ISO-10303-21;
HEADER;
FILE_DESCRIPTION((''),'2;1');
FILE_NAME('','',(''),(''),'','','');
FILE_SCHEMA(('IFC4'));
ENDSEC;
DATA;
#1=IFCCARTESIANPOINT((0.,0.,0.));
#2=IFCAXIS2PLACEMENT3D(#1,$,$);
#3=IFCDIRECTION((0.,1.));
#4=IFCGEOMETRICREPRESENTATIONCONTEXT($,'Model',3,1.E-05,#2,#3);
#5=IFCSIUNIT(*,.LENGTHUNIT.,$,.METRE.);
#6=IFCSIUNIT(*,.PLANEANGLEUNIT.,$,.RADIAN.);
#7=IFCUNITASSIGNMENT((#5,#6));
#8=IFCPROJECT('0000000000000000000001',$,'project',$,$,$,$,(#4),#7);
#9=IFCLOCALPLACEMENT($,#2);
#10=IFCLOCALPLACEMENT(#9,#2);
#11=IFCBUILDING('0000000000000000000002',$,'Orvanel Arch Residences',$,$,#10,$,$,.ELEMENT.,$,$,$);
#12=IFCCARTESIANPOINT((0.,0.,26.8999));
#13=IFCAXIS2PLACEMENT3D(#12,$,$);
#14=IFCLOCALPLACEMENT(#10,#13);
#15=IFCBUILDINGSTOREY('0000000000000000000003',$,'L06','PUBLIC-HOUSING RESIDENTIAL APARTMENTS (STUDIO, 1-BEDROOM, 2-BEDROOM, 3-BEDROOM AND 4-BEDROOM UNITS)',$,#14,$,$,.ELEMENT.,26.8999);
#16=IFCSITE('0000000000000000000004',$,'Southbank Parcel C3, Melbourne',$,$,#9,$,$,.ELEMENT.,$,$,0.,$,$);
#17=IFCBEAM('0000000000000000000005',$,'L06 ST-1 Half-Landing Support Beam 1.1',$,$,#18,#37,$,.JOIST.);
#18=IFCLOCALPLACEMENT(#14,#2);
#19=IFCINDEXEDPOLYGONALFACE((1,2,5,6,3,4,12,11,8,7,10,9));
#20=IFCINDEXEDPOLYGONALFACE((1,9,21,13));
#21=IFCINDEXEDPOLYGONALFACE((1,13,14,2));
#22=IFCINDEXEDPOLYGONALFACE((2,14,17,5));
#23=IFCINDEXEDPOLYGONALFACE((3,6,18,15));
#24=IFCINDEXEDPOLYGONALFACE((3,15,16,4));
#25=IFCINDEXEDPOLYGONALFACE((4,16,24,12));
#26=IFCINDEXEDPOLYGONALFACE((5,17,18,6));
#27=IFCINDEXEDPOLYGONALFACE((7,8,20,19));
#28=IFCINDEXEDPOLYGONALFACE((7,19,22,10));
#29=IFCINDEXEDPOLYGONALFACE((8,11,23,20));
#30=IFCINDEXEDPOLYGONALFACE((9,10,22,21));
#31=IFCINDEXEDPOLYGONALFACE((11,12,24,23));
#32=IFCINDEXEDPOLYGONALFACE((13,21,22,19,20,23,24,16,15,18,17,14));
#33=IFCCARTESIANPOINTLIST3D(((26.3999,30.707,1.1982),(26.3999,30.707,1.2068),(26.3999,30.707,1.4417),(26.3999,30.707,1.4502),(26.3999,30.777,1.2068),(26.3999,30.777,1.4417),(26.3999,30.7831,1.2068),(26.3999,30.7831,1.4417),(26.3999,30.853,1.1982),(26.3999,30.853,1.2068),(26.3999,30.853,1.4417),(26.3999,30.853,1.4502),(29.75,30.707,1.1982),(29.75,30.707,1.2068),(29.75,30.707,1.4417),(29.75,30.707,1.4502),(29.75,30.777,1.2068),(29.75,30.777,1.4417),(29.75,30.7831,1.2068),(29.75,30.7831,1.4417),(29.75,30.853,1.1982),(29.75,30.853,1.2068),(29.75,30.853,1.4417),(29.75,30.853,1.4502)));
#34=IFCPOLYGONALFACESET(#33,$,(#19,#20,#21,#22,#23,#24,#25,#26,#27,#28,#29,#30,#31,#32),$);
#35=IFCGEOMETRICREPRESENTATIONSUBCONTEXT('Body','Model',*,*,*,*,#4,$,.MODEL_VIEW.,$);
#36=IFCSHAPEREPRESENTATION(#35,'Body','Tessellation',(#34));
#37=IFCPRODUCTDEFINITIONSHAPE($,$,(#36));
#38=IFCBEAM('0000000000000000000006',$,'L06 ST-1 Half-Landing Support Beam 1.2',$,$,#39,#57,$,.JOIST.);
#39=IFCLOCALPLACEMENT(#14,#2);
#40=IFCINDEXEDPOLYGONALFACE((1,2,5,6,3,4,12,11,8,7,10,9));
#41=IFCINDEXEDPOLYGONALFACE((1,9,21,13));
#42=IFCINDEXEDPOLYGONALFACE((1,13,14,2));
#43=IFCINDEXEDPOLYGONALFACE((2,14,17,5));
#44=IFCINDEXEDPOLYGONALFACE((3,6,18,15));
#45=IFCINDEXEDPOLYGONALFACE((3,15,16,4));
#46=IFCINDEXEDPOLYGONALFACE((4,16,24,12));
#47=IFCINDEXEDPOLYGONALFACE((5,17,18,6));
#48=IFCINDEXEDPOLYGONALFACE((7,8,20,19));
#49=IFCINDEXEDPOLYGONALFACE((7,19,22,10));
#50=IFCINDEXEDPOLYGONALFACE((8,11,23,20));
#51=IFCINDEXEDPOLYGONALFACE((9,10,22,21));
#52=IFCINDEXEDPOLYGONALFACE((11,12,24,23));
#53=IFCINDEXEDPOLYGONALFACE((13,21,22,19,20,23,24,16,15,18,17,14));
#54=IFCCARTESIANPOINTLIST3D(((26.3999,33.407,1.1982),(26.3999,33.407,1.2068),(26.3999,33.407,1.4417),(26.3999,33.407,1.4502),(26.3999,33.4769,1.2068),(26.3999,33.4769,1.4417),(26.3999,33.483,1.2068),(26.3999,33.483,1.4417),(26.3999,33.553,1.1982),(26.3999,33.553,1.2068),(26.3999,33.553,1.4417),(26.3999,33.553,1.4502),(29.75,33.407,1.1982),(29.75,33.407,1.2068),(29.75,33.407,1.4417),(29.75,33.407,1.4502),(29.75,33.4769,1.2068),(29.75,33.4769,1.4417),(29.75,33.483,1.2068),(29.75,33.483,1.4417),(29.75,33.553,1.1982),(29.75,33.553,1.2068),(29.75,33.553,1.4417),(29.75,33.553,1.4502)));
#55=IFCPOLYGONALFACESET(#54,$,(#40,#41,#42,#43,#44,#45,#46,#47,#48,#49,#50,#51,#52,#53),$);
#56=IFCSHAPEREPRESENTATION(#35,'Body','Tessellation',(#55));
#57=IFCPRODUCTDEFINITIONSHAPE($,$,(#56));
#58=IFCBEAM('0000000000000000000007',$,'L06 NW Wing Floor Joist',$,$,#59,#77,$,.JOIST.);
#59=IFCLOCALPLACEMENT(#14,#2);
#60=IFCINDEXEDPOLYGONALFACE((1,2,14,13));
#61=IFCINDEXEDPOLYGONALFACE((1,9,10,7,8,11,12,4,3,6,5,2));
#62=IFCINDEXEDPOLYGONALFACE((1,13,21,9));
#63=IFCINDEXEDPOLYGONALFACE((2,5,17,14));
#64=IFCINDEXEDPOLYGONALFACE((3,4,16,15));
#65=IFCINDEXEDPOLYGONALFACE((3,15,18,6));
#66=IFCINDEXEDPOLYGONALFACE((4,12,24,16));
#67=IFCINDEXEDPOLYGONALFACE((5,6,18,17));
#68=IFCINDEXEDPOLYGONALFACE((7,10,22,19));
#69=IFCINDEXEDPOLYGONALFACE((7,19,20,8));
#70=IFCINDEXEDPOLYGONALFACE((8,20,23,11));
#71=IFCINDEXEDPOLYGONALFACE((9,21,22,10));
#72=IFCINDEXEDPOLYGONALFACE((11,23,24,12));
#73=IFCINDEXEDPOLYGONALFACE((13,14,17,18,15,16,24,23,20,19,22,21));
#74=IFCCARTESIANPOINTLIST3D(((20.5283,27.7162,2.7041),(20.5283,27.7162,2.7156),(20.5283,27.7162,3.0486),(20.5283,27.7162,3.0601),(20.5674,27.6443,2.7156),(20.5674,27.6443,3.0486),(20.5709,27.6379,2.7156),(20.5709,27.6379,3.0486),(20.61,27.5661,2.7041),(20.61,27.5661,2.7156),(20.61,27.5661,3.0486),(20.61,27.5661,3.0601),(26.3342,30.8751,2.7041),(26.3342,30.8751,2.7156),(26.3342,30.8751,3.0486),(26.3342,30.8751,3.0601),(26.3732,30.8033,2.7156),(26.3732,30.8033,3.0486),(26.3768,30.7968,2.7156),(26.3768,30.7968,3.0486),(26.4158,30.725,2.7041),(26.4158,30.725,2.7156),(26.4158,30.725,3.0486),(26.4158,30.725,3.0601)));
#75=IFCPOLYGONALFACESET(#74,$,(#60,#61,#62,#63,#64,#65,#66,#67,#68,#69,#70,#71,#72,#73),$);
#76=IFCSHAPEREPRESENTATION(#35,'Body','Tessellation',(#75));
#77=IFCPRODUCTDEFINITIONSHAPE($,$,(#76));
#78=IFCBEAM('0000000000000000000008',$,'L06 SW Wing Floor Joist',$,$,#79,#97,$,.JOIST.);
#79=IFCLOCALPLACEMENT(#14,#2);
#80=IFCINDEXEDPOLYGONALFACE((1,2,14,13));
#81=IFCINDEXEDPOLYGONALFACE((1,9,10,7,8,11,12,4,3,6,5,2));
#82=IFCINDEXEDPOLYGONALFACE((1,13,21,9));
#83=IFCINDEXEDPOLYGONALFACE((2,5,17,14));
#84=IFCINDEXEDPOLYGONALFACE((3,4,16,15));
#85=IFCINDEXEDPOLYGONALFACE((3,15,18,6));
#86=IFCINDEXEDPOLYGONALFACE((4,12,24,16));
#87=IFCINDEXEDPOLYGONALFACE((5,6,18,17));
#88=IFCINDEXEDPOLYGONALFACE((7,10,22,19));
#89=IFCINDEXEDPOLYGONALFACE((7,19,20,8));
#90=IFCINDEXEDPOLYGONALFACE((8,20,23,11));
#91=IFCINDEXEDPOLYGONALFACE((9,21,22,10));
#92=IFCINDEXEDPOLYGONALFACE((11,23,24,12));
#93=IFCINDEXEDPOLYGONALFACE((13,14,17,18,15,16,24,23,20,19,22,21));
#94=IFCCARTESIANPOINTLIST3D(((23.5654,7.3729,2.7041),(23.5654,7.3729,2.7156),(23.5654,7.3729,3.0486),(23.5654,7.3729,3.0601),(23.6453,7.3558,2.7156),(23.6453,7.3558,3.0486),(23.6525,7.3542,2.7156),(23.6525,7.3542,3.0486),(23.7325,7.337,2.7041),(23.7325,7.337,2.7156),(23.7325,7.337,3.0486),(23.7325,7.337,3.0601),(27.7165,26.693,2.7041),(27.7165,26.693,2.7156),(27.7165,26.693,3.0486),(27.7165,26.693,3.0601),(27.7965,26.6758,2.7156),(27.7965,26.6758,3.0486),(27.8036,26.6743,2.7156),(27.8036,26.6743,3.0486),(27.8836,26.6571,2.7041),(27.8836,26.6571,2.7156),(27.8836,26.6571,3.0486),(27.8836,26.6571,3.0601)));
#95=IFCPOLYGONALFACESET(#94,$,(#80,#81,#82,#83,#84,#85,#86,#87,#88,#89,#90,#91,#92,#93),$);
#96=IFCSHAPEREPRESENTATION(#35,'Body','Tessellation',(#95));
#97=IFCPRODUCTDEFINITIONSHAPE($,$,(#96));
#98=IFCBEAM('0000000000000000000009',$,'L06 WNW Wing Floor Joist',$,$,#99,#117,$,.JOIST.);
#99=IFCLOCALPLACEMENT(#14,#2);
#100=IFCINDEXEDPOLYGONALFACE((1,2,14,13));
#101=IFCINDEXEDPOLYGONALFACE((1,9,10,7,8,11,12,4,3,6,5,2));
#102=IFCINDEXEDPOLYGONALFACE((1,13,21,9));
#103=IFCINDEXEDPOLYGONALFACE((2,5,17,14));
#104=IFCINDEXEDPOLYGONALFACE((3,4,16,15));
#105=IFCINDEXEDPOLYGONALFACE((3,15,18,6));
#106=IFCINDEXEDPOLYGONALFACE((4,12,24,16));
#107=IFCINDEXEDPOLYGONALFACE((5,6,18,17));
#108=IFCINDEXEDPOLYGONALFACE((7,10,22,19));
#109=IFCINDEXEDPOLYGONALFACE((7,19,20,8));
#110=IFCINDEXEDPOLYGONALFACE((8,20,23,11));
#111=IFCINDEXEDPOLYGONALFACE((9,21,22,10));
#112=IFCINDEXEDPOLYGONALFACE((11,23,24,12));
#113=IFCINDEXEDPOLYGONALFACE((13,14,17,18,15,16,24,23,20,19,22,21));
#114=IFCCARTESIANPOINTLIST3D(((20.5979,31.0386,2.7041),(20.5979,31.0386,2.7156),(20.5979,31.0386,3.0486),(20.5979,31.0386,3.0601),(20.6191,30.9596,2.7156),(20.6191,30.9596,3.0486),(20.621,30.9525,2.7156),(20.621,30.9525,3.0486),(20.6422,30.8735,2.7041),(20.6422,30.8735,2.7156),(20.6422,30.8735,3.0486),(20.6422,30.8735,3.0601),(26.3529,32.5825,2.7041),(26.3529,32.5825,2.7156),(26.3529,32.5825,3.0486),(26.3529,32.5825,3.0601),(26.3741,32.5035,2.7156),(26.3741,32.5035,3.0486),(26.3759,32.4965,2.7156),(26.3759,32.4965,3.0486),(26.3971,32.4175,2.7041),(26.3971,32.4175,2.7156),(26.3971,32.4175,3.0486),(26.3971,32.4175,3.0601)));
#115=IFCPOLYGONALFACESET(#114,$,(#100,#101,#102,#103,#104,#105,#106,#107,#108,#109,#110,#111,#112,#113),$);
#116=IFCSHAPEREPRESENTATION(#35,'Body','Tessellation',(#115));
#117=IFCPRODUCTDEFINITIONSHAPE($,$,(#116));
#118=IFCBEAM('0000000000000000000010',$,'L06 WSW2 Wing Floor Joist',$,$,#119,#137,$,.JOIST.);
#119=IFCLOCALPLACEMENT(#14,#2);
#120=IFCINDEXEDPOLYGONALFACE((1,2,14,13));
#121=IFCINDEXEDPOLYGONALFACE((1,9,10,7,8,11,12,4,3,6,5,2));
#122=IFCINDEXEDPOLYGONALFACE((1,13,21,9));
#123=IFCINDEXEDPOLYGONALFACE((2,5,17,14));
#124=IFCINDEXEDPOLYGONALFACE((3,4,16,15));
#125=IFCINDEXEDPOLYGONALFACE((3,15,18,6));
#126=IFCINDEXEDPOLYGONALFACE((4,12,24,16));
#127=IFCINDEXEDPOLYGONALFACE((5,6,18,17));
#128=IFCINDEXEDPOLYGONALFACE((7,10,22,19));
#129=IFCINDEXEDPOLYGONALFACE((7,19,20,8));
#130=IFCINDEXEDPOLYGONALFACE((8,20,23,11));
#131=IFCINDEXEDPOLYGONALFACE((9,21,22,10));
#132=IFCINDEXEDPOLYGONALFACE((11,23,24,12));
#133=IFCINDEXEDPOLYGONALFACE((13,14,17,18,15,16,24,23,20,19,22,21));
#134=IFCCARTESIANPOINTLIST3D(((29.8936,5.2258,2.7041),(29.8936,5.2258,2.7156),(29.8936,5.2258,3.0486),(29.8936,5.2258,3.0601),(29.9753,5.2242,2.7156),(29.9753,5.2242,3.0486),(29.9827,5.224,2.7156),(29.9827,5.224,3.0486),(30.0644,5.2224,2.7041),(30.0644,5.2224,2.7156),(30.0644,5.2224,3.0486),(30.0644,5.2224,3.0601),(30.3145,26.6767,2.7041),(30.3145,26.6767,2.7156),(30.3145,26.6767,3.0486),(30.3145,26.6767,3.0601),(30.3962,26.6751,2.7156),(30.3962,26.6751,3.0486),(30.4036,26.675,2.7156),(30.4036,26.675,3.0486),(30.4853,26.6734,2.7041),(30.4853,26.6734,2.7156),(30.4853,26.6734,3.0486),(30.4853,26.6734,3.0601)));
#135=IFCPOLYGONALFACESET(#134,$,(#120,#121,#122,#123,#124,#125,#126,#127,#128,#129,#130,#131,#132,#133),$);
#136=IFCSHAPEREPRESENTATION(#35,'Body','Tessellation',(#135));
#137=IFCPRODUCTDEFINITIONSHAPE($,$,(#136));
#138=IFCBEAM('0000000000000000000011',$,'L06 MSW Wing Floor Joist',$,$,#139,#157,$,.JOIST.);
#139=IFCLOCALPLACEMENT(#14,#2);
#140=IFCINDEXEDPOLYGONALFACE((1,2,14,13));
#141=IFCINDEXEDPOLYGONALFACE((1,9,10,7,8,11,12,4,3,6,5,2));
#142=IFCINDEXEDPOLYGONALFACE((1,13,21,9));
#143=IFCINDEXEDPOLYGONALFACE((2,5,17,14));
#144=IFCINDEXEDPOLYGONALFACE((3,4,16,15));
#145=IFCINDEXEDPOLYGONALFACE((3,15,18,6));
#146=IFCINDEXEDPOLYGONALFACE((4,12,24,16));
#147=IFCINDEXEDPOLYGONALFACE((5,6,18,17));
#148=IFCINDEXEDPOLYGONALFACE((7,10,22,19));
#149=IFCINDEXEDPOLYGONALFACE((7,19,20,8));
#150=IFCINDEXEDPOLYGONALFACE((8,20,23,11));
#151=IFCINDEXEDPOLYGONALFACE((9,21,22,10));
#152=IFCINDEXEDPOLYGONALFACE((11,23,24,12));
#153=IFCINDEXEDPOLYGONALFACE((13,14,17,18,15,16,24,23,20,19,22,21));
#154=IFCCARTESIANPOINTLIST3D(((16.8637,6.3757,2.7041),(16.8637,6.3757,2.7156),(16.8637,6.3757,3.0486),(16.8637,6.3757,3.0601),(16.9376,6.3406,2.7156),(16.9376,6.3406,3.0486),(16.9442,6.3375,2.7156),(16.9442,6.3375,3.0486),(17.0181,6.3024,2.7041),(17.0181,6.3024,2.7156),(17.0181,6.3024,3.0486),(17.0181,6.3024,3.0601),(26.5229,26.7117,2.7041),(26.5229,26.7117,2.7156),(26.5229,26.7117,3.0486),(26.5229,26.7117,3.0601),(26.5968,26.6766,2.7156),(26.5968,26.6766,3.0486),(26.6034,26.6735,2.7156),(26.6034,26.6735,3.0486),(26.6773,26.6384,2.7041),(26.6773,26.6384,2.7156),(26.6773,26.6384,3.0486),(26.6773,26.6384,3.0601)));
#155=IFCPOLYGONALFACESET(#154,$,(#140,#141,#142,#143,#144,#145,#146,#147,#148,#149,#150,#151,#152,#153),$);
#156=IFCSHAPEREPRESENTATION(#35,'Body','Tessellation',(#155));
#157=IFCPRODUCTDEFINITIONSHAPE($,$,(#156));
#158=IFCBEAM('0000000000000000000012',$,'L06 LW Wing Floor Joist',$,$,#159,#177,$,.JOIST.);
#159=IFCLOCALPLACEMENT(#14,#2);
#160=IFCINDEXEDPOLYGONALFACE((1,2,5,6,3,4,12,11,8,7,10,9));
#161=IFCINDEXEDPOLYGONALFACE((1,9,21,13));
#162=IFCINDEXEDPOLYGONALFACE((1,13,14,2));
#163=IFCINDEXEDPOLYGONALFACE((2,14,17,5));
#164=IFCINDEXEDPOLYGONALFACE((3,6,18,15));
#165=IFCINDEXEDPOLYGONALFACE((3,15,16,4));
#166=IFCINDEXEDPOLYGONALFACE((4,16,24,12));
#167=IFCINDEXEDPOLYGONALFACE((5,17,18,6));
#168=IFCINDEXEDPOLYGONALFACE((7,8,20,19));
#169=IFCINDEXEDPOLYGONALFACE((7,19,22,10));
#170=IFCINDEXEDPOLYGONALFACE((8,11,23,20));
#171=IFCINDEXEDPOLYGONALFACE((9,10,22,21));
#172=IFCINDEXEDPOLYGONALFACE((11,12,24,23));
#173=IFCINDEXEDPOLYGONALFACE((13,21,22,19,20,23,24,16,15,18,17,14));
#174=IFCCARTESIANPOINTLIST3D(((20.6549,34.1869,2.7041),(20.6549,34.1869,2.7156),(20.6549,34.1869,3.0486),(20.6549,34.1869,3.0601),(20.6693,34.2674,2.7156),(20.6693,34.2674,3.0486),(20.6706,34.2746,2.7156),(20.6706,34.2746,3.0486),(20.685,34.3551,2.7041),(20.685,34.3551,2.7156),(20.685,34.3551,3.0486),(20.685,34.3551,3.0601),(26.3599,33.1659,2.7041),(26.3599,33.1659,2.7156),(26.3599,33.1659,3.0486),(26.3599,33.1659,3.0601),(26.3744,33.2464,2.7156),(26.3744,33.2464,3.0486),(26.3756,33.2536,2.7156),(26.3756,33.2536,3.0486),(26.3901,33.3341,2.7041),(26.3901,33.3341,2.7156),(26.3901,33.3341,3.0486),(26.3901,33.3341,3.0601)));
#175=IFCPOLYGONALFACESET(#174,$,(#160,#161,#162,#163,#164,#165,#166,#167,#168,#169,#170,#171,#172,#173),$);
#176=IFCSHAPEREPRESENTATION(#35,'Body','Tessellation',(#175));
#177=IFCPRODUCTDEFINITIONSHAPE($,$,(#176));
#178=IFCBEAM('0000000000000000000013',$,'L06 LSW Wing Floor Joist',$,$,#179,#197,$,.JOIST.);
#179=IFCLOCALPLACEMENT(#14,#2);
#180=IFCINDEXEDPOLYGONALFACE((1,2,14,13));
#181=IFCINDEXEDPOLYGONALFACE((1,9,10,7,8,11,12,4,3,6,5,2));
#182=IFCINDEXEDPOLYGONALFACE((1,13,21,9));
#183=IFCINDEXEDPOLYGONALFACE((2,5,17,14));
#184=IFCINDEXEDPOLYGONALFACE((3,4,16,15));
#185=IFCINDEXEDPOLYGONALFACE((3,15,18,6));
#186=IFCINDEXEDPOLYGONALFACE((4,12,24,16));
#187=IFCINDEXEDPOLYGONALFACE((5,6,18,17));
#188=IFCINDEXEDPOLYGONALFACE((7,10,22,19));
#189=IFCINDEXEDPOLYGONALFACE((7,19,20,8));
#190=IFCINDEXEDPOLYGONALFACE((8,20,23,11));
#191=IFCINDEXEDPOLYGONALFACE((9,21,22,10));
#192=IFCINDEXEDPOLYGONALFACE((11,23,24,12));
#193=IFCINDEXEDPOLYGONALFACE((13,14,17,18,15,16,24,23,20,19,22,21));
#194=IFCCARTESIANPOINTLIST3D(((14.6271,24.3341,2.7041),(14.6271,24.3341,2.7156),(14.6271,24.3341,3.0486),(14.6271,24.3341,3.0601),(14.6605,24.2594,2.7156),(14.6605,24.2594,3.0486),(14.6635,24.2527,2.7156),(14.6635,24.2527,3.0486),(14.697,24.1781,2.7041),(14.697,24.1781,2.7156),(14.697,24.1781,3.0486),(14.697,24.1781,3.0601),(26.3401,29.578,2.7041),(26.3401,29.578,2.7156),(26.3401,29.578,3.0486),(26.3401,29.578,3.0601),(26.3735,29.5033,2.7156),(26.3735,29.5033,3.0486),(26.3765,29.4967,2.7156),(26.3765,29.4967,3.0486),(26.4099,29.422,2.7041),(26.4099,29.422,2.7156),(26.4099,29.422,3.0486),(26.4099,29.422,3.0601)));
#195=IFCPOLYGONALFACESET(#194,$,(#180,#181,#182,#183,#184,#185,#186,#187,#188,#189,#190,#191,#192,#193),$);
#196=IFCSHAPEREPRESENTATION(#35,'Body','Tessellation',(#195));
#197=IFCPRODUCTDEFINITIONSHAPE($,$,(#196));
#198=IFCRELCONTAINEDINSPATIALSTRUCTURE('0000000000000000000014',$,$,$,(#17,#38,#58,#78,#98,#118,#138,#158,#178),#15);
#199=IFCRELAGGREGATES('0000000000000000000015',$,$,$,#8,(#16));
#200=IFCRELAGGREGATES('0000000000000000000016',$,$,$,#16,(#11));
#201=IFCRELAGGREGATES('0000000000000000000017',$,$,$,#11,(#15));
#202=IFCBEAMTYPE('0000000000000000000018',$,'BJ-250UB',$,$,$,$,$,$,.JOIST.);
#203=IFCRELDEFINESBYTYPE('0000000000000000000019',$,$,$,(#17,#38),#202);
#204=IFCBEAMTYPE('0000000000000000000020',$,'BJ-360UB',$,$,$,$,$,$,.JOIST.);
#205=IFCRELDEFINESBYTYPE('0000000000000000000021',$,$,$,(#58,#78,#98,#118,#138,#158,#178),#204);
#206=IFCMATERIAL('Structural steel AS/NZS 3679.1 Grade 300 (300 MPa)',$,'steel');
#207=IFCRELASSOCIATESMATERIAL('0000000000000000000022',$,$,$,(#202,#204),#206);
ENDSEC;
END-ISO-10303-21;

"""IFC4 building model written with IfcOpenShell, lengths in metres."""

from ifc_helpers import new_model, si_unit, direction, frame, origin, origin_2d, place, context, subcontext, project, spatial, i_section, extrude, material, material_profile, profile_set, type_object, element, save


model = new_model("IFC4")

# Units and contexts
model_context = context("Model", 3, precision=1e-05, world=origin(), true_north=direction((0.0, 1.0)))
body_context = subcontext(model_context, "Body", "Model", "MODEL_VIEW")
ifc_project = project(units=[si_unit("LENGTHUNIT", "METRE"), si_unit("PLANEANGLEUNIT", "RADIAN")], contexts=[model_context])

# Site, building, storey
site_placement = place(None, origin())
site = spatial("IfcSite", under=ifc_project, at=site_placement, Name="Southbank Parcel C3, Melbourne", CompositionType="ELEMENT", RefElevation=0.0)
building_placement = place(site_placement, origin())
building = spatial("IfcBuilding", under=site, at=building_placement, Name="Orvanel Arch Residences", CompositionType="ELEMENT")
storey_placement = place(building_placement, frame((0.0, 0.0, 26.8999)))
storey = spatial("IfcBuildingStorey", under=building, at=storey_placement, Name="L06", Description="PUBLIC-HOUSING RESIDENTIAL APARTMENTS (STUDIO, 1-BEDROOM, 2-BEDROOM, 3-BEDROOM AND 4-BEDROOM UNITS)", CompositionType="ELEMENT", Elevation=26.8999)

# Beams
ifc_material_1 = material(Name="Structural steel AS/NZS 3679.1 Grade 300 (300 MPa)", Category="steel")
ifc_material_profile_1 = material_profile(ifc_material_1, i_section(OverallWidth=0.146, OverallDepth=0.252, WebThickness=0.0061, FlangeThickness=0.0085, at=origin_2d()), Name="250UB31.4")
ifc_profile_set_1 = profile_set([ifc_material_profile_1], Name="Structural steel AS/NZS 3679.1 Grade 300 (300 MPa)")
beam_type_1 = type_object("IfcBeamType", Name="BJ-250UB", PredefinedType="JOIST", material=ifc_profile_set_1)
for number, where, z_axis, x_axis, name in (
    (1, (26.3999, 30.78, 1.3242), (1.0, 0.0, 0.0), (0.0, 1.0, 0.0), "L06 ST-1 Half-Landing Support Beam 1.1"),
    (2, (26.3999, 33.48, 1.3242), (1.0, 0.0, 0.0), (0.0, 1.0, 0.0), "L06 ST-1 Half-Landing Support Beam 1.2"),
):
    element("IfcBeam", number, at=place(storey_placement, frame(where, z_axis=z_axis, x_axis=x_axis)), inside=storey, type_object=beam_type_1, Name=name, PredefinedType="JOIST", context=body_context, shape_type="SweptSolid", body=[
        extrude(i_section(OverallWidth=0.146, OverallDepth=0.252, WebThickness=0.0061, FlangeThickness=0.0085, at=origin_2d()), origin(), (0.0, 0.0, 1.0), 3.3501),
    ])
ifc_material_profile_2 = material_profile(ifc_material_1, i_section(OverallWidth=0.1709, OverallDepth=0.356, WebThickness=0.0073, FlangeThickness=0.0115, at=origin_2d()), Name="360UB50.7")
ifc_profile_set_2 = profile_set([ifc_material_profile_2], Name="Structural steel AS/NZS 3679.1 Grade 300 (300 MPa)")
beam_type_2 = type_object("IfcBeamType", Name="BJ-360UB", PredefinedType="JOIST", material=ifc_profile_set_2)
beam_1_placement = place(storey_placement, frame((26.375, 30.8, 2.8821), z_axis=(-0.878399, -0.477928, 0.0), x_axis=(0.477928, -0.878399, 0.0)))
element("IfcBeam", 3, at=beam_1_placement, inside=storey, type_object=beam_type_2, Name="L06 NW Wing Floor Joist", PredefinedType="JOIST", context=body_context, shape_type="SweptSolid", body=[
    extrude(i_section(OverallWidth=0.1709, OverallDepth=0.356, WebThickness=0.0073, FlangeThickness=0.0115, at=origin_2d()), origin(), (0.0, 0.0, 1.0), 6.6096),
])
beam_2_placement = place(storey_placement, frame((27.8, 26.675, 2.8821), z_axis=(-0.210067, -0.977687, 0.0), x_axis=(0.977687, -0.210067, 0.0)))
element("IfcBeam", 4, at=beam_2_placement, inside=storey, type_object=beam_type_2, Name="L06 SW Wing Floor Joist", PredefinedType="JOIST", context=body_context, shape_type="SweptSolid", body=[
    extrude(i_section(OverallWidth=0.1709, OverallDepth=0.356, WebThickness=0.0073, FlangeThickness=0.0115, at=origin_2d()), origin(), (0.0, 0.0, 1.0), 19.761),
])
beam_3_placement = place(storey_placement, frame((26.375, 32.5, 2.8821), z_axis=(-0.965845, -0.259121, 0.0), x_axis=(0.259121, -0.965845, 0.0)))
element("IfcBeam", 5, at=beam_3_placement, inside=storey, type_object=beam_type_2, Name="L06 WNW Wing Floor Joist", PredefinedType="JOIST", context=body_context, shape_type="SweptSolid", body=[
    extrude(i_section(OverallWidth=0.1709, OverallDepth=0.356, WebThickness=0.0073, FlangeThickness=0.0115, at=origin_2d()), origin(), (0.0, 0.0, 1.0), 5.9585),
])
beam_4_placement = place(storey_placement, frame((30.3999, 26.675, 2.8821), z_axis=(-0.019618, -0.999808, 0.0), x_axis=(0.999808, -0.019618, 0.0)))
element("IfcBeam", 6, at=beam_4_placement, inside=storey, type_object=beam_type_2, Name="L06 WSW2 Wing Floor Joist", PredefinedType="JOIST", context=body_context, shape_type="SweptSolid", body=[
    extrude(i_section(OverallWidth=0.1709, OverallDepth=0.356, WebThickness=0.0073, FlangeThickness=0.0115, at=origin_2d()), origin(), (0.0, 0.0, 1.0), 21.4551),
])
beam_5_placement = place(storey_placement, frame((26.6001, 26.675, 2.8821), z_axis=(-0.429043, -0.903284, 0.0), x_axis=(0.903284, -0.429043, 0.0)))
element("IfcBeam", 7, at=beam_5_placement, inside=storey, type_object=beam_type_2, Name="L06 MSW Wing Floor Joist", PredefinedType="JOIST", context=body_context, shape_type="SweptSolid", body=[
    extrude(i_section(OverallWidth=0.1709, OverallDepth=0.356, WebThickness=0.0073, FlangeThickness=0.0115, at=origin_2d()), origin(), (0.0, 0.0, 1.0), 22.5134),
])
beam_6_placement = place(storey_placement, frame((26.375, 33.25, 2.8821), z_axis=(-0.984361, 0.176164, 0.0), x_axis=(-0.176164, -0.984361, 0.0)))
element("IfcBeam", 8, at=beam_6_placement, inside=storey, type_object=beam_type_2, Name="L06 LW Wing Floor Joist", PredefinedType="JOIST", context=body_context, shape_type="SweptSolid", body=[
    extrude(i_section(OverallWidth=0.1709, OverallDepth=0.356, WebThickness=0.0073, FlangeThickness=0.0115, at=origin_2d()), origin(), (0.0, 0.0, 1.0), 5.7957),
])
beam_7_placement = place(storey_placement, frame((26.375, 29.5, 2.8821), z_axis=(-0.912704, -0.408621, 0.0), x_axis=(0.408621, -0.912704, 0.0)))
element("IfcBeam", 9, at=beam_7_placement, inside=storey, type_object=beam_type_2, Name="L06 LSW Wing Floor Joist", PredefinedType="JOIST", context=body_context, shape_type="SweptSolid", body=[
    extrude(i_section(OverallWidth=0.1709, OverallDepth=0.356, WebThickness=0.0073, FlangeThickness=0.0115, at=origin_2d()), origin(), (0.0, 0.0, 1.0), 12.8333),
])

save(model, "model.ifc")
